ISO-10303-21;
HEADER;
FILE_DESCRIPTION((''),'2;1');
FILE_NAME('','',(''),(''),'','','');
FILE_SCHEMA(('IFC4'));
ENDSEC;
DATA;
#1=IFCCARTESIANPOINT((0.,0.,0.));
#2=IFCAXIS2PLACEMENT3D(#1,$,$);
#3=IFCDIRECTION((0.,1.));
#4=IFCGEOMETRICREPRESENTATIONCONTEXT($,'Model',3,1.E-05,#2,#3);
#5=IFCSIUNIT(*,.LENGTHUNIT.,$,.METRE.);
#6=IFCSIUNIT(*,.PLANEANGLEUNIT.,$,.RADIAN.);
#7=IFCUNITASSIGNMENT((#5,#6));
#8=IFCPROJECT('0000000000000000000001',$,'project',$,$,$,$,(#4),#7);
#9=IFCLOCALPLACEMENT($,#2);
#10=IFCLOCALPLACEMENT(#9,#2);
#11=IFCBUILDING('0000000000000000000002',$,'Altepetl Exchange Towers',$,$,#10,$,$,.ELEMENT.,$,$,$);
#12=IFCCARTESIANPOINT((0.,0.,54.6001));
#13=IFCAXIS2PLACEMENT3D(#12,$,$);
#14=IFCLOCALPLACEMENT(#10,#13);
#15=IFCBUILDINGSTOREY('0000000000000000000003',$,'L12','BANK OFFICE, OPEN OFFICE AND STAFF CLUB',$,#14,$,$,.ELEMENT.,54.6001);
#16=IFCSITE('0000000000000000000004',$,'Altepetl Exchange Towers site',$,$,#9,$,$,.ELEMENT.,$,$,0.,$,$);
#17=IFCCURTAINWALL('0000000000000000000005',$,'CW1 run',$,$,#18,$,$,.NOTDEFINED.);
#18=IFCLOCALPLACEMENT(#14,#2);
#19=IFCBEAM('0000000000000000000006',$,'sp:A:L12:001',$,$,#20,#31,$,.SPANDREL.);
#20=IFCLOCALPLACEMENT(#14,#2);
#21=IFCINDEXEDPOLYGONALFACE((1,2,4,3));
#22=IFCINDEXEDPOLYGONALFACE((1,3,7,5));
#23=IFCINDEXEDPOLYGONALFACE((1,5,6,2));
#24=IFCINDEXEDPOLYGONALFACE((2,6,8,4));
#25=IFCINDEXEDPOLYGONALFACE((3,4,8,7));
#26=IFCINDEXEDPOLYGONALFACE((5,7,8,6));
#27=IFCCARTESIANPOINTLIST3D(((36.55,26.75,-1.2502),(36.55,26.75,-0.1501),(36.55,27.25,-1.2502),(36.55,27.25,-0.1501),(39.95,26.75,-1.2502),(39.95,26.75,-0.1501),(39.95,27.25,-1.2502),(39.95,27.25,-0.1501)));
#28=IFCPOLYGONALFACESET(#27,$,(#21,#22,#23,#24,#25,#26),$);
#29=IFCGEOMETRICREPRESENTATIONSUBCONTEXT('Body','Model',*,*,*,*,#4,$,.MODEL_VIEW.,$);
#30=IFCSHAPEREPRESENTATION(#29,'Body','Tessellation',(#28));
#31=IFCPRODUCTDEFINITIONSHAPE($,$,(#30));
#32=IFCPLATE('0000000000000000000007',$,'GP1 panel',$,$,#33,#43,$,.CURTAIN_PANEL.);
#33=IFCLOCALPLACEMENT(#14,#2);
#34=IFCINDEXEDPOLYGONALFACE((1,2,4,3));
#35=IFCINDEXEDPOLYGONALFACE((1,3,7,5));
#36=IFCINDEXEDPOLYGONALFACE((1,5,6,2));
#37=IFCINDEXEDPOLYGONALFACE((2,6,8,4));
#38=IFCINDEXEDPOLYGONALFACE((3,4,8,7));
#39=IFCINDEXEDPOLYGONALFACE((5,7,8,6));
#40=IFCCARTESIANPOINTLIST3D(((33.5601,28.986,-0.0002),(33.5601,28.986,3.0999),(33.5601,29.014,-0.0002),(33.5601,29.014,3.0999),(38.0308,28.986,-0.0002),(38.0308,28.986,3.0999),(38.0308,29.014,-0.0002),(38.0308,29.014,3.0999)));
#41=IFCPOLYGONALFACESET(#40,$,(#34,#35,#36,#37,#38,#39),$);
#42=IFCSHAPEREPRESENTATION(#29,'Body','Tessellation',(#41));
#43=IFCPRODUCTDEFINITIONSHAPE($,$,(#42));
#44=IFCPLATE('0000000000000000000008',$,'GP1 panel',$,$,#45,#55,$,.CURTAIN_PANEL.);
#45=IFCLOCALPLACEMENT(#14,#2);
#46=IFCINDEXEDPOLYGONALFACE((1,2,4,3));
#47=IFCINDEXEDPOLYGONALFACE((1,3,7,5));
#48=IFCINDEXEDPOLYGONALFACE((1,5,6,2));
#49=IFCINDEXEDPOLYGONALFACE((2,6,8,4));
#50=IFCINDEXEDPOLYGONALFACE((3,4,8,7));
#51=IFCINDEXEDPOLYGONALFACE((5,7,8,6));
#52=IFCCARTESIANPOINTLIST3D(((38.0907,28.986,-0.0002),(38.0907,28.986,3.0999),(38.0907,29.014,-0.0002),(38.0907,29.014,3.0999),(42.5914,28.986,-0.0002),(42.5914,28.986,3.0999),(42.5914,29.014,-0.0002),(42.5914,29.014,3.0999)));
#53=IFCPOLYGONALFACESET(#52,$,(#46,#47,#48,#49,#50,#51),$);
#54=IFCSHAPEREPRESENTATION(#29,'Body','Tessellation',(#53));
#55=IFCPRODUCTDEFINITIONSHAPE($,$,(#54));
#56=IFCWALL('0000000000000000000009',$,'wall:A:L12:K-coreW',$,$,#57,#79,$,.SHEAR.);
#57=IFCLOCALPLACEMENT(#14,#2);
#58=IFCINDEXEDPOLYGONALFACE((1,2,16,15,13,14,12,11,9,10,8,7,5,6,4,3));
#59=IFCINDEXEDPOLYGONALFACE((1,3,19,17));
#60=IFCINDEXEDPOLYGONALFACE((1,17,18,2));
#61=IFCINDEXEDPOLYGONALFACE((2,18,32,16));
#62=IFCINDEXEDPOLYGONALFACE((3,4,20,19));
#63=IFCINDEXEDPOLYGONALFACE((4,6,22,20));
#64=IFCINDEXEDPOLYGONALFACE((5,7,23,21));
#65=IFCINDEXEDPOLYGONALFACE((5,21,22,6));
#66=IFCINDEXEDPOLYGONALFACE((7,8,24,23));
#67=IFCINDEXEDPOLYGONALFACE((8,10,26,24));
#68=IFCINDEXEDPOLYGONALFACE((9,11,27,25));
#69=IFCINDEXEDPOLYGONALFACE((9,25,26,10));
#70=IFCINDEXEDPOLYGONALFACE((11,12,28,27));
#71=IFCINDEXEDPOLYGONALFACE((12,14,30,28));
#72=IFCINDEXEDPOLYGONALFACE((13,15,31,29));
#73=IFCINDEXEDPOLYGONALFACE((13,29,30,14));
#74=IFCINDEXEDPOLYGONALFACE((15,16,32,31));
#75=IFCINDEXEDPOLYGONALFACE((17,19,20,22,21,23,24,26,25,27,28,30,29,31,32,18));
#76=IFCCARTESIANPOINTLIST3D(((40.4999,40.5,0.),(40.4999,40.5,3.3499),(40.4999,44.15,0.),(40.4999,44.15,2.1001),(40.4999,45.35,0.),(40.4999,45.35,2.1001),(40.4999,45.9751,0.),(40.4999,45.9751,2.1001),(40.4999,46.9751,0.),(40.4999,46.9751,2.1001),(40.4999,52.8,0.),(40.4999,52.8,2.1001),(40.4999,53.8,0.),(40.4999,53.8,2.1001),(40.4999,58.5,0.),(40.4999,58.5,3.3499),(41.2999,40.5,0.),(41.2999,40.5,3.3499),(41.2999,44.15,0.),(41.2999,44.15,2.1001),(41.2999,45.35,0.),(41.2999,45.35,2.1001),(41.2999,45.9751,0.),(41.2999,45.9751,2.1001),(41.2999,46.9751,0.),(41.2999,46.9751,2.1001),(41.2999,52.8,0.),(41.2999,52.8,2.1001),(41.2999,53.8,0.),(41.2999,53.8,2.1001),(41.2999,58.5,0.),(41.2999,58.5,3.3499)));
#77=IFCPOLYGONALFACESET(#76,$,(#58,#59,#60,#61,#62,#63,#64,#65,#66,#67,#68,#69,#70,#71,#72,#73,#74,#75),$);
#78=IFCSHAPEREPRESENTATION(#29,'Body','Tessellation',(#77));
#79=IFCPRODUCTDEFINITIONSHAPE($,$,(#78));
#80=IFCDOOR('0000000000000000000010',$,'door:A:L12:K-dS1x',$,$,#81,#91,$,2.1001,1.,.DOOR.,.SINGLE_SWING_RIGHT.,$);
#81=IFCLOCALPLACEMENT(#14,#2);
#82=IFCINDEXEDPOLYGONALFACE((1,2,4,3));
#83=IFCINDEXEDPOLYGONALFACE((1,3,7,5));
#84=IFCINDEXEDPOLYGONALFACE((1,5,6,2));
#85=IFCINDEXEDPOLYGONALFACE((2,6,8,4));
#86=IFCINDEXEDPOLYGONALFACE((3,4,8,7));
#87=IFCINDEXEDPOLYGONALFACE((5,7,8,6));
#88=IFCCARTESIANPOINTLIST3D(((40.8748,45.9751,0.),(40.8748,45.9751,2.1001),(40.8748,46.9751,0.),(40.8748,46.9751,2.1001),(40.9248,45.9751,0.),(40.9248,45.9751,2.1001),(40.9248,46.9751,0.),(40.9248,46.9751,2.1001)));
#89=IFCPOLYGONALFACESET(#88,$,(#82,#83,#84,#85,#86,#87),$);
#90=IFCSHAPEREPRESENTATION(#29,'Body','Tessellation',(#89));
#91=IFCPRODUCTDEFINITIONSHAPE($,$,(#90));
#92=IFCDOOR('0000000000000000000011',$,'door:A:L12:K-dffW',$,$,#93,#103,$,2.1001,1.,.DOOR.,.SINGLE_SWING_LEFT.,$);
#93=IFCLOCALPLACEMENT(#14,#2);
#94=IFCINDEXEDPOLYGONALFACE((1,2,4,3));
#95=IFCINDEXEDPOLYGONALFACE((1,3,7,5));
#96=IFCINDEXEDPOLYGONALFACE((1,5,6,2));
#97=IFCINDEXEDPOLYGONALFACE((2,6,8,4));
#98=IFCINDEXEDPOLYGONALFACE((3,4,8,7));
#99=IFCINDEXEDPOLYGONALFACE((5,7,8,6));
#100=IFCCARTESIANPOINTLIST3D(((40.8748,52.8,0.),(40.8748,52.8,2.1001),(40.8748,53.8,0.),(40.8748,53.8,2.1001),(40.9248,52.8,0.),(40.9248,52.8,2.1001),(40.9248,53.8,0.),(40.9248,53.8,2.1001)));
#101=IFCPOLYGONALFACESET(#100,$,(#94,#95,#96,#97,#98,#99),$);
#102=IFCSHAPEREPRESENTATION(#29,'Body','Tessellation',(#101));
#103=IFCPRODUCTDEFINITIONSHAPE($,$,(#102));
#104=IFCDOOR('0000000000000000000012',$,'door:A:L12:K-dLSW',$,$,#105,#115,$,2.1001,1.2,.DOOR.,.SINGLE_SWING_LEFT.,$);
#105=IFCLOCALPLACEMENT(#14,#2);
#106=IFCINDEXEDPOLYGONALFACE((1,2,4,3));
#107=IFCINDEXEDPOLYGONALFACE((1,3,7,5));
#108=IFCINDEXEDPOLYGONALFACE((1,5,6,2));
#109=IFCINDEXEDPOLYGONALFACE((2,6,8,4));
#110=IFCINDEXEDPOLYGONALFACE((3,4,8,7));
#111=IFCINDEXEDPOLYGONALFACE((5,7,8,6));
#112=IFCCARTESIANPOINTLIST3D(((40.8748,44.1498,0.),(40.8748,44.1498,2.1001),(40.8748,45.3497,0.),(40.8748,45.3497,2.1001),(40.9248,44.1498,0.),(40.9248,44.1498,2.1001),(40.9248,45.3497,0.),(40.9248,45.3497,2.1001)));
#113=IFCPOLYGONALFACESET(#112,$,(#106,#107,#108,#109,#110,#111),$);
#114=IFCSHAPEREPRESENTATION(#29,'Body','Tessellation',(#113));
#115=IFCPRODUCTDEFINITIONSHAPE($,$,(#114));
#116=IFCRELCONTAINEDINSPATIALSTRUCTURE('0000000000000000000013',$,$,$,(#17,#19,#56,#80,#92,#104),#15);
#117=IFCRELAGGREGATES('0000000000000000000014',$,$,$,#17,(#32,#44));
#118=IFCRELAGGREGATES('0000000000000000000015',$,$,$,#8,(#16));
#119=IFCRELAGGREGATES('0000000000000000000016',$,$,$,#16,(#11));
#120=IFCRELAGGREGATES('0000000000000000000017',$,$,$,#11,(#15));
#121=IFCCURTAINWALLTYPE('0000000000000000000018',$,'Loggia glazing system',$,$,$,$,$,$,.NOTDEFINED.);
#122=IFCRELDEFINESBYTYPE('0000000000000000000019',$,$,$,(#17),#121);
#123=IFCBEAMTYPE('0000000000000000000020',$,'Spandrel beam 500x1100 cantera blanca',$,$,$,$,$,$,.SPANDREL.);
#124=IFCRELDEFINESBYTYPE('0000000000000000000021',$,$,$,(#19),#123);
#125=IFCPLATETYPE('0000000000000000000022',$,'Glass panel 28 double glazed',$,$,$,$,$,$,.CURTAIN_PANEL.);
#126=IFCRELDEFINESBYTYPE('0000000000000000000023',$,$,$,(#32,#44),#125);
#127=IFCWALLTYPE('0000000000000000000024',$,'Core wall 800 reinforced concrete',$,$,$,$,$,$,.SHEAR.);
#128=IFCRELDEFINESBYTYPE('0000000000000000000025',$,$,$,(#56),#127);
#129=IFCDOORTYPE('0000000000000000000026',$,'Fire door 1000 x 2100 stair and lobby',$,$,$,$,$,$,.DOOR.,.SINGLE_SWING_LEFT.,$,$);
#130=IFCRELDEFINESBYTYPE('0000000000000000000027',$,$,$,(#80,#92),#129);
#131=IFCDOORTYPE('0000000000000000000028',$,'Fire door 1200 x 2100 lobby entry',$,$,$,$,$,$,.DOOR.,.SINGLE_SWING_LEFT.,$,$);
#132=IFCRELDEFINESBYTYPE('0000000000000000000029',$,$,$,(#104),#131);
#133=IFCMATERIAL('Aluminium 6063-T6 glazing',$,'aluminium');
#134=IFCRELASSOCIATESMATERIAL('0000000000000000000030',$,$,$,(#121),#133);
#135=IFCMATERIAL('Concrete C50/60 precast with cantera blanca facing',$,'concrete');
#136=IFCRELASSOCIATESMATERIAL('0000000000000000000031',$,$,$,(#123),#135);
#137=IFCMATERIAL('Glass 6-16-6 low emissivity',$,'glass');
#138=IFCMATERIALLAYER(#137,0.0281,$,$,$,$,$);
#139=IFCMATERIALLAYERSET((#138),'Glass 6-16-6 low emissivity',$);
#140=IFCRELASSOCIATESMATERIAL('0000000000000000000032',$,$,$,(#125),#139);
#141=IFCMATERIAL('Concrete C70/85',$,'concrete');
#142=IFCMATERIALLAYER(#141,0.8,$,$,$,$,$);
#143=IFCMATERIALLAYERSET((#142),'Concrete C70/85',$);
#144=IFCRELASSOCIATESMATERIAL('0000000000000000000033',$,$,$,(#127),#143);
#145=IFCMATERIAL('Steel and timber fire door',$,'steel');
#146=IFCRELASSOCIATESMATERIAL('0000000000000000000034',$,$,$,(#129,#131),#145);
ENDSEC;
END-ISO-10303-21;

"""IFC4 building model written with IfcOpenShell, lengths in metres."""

from ifc_helpers import new_model, si_unit, direction, frame, frame_2d, origin, origin_2d, place, context, subcontext, project, spatial, rectangle, extrude, material, layer, layer_set, material_profile, profile_set, type_object, element, fill, aggregate, save


model = new_model("IFC4")

# Units and contexts
model_context = context("Model", 3, precision=1e-05, world=origin(), true_north=direction((0.0, 1.0)))
body_context = subcontext(model_context, "Body", "Model", "MODEL_VIEW")
ifc_project = project(units=[si_unit("LENGTHUNIT", "METRE"), si_unit("PLANEANGLEUNIT", "RADIAN")], contexts=[model_context])

# Site, building, storey
site_placement = place(None, origin())
site = spatial("IfcSite", under=ifc_project, at=site_placement, Name="Altepetl Exchange Towers site", CompositionType="ELEMENT", RefElevation=0.0)
building_placement = place(site_placement, origin())
building = spatial("IfcBuilding", under=site, at=building_placement, Name="Altepetl Exchange Towers", CompositionType="ELEMENT")
storey_placement = place(building_placement, frame((0.0, 0.0, 54.6001)))
storey = spatial("IfcBuildingStorey", under=building, at=storey_placement, Name="L12", Description="BANK OFFICE, OPEN OFFICE AND STAFF CLUB", CompositionType="ELEMENT", Elevation=54.6001)

# Shared definitions
ifc_material_1 = material(Name="Concrete C70/85", Category="concrete")

# Shared definitions
ifc_material_2 = material(Name="Aluminium 6063-T6 glazing", Category="aluminium")
curtain_wall_type = type_object("IfcCurtainWallType", Name="Loggia glazing system", PredefinedType="NOTDEFINED", material=ifc_material_2)

# Curtain wall
curtain_wall_1_placement = place(storey_placement, origin())
curtain_wall_1 = element("IfcCurtainWall", 1, at=curtain_wall_1_placement, inside=storey, type_object=curtain_wall_type, Name="CW1 run", PredefinedType="NOTDEFINED")

# Beam
ifc_material_3 = material(Name="Concrete C50/60 precast with cantera blanca facing", Category="concrete")
ifc_material_profile_1 = material_profile(ifc_material_3, rectangle(XDim=0.5, YDim=1.1001, at=origin_2d()), Name="500 x 1100")
ifc_profile_set_1 = profile_set([ifc_material_profile_1], Name="Concrete C50/60 precast with cantera blanca facing")
beam_type_1 = type_object("IfcBeamType", Name="Spandrel beam 500x1100 cantera blanca", PredefinedType="SPANDREL", material=ifc_profile_set_1)
beam_1_placement = place(storey_placement, frame((36.55, 27.0, -0.7002), z_axis=(1.0, 0.0, 0.0), x_axis=(0.0, 1.0, 0.0)))
element("IfcBeam", 2, at=beam_1_placement, inside=storey, type_object=beam_type_1, Name="sp:A:L12:001", PredefinedType="SPANDREL", context=body_context, shape_type="SweptSolid", body=[
    extrude(rectangle(XDim=0.5, YDim=1.1001, at=origin_2d()), origin(), (0.0, 0.0, 1.0), 3.3999),
])

# Plates
ifc_material_4 = material(Name="Glass 6-16-6 low emissivity", Category="glass")
ifc_layer_1 = layer(ifc_material_4, 0.0281)
ifc_layer_set_1 = layer_set([ifc_layer_1], Name="Glass 6-16-6 low emissivity")
plate_type = type_object("IfcPlateType", Name="Glass panel 28 double glazed", PredefinedType="CURTAIN_PANEL", material=ifc_layer_set_1)
plate_1_placement = place(storey_placement, frame((35.7954, 29.0, -0.0002)))
plate_1 = element("IfcPlate", 3, at=plate_1_placement, type_object=plate_type, Name="GP1 panel", PredefinedType="CURTAIN_PANEL", context=body_context, shape_type="SweptSolid", body=[
    extrude(rectangle(XDim=4.4707, YDim=0.0281, at=origin_2d()), origin(), (0.0, 0.0, 1.0), 3.1001),
])
plate_2_placement = place(storey_placement, frame((40.3411, 29.0, -0.0002)))
plate_2 = element("IfcPlate", 4, at=plate_2_placement, type_object=plate_type, Name="GP1 panel", PredefinedType="CURTAIN_PANEL", context=body_context, shape_type="SweptSolid", body=[
    extrude(rectangle(XDim=4.5007, YDim=0.0281, at=origin_2d()), origin(), (0.0, 0.0, 1.0), 3.1001),
])
aggregate(curtain_wall_1, [plate_1, plate_2])

# Wall, openings, doors
ifc_layer_2 = layer(ifc_material_1, 0.8)
ifc_layer_set_2 = layer_set([ifc_layer_2], Name="Concrete C70/85")
wall_type_1 = type_object("IfcWallType", Name="Core wall 800 reinforced concrete", PredefinedType="SHEAR", material=ifc_layer_set_2)
wall_1_placement = place(storey_placement, frame((40.8999, 40.5, 0.0), z_axis=(0.0, 0.0, 1.0), x_axis=(0.0, 1.0, 0.0)))
wall_1 = element("IfcWall", 5, at=wall_1_placement, inside=storey, type_object=wall_type_1, Name="wall:A:L12:K-coreW", PredefinedType="SHEAR", context=body_context, shape_type="SweptSolid", body=[
    extrude(rectangle(XDim=18.0, YDim=0.8, at=frame_2d((9.0, 0.0))), origin(), (0.0, 0.0, 1.0), 3.3499),
])
opening_1_placement = place(wall_1_placement, frame((3.6499, 0.0, 0.0)))
opening_1 = element("IfcOpeningElement", 6, at=opening_1_placement, cuts=wall_1, PredefinedType="OPENING", context=body_context, shape_type="SweptSolid", body=[
    extrude(rectangle(XDim=1.2, YDim=2.1001, at=frame_2d((0.6001, 1.05))), frame((0.0, 0.4102, 0.0), z_axis=(0.0, -1.0, 0.0), x_axis=(1.0, 0.0, 0.0)), (0.0, 0.0, 1.0), 0.8201),
])
opening_2_placement = place(wall_1_placement, frame((5.4751, 0.0, 0.0)))
opening_2 = element("IfcOpeningElement", 7, at=opening_2_placement, cuts=wall_1, PredefinedType="OPENING", context=body_context, shape_type="SweptSolid", body=[
    extrude(rectangle(XDim=1.0, YDim=2.1001, at=frame_2d((0.5, 1.05))), frame((0.0, 0.4102, 0.0), z_axis=(0.0, -1.0, 0.0), x_axis=(1.0, 0.0, 0.0)), (0.0, 0.0, 1.0), 0.8201),
])
opening_3_placement = place(wall_1_placement, frame((12.3, 0.0, 0.0)))
opening_3 = element("IfcOpeningElement", 8, at=opening_3_placement, cuts=wall_1, PredefinedType="OPENING", context=body_context, shape_type="SweptSolid", body=[
    extrude(rectangle(XDim=1.0, YDim=2.1001, at=frame_2d((0.5, 1.05))), frame((0.0, 0.4102, 0.0), z_axis=(0.0, -1.0, 0.0), x_axis=(1.0, 0.0, 0.0)), (0.0, 0.0, 1.0), 0.8201),
])
ifc_material_5 = material(Name="Steel and timber fire door", Category="steel")
door_type_1 = type_object("IfcDoorType", Name="Fire door 1000 x 2100 stair and lobby", OperationType="SINGLE_SWING_LEFT", PredefinedType="DOOR", material=ifc_material_5)
door_1_placement = place(opening_2_placement, frame((1.0, 0.0, 0.0), x_axis=(-1.0, 0.0, 0.0)))
door_1 = element("IfcDoor", 9, at=door_1_placement, inside=storey, type_object=door_type_1, Name="door:A:L12:K-dS1x", OperationType="SINGLE_SWING_RIGHT", OverallHeight=2.1001, OverallWidth=1.0, PredefinedType="DOOR", context=body_context, shape_type="SweptSolid", body=[
    extrude(rectangle(XDim=1.0, YDim=2.1001, at=frame_2d((0.5, 1.05))), frame((0.0, 0.0249, 0.0), z_axis=(0.0, -1.0, 0.0), x_axis=(1.0, 0.0, 0.0)), (0.0, 0.0, 1.0), 0.05),
])
fill(opening_2, door_1)
door_2_placement = place(opening_3_placement, frame((1.0, 0.0, 0.0), x_axis=(-1.0, 0.0, 0.0)))
door_2 = element("IfcDoor", 10, at=door_2_placement, inside=storey, type_object=door_type_1, Name="door:A:L12:K-dffW", OperationType="SINGLE_SWING_LEFT", OverallHeight=2.1001, OverallWidth=1.0, PredefinedType="DOOR", context=body_context, shape_type="SweptSolid", body=[
    extrude(rectangle(XDim=1.0, YDim=2.1001, at=frame_2d((0.5, 1.05))), frame((0.0, 0.0249, 0.0), z_axis=(0.0, -1.0, 0.0), x_axis=(1.0, 0.0, 0.0)), (0.0, 0.0, 1.0), 0.05),
])
fill(opening_3, door_2)
door_type_2 = type_object("IfcDoorType", Name="Fire door 1200 x 2100 lobby entry", OperationType="SINGLE_SWING_LEFT", PredefinedType="DOOR", material=ifc_material_5)
door_3_placement = place(opening_1_placement, frame((1.2, 0.0, 0.0), x_axis=(-1.0, 0.0, 0.0)))
door_3 = element("IfcDoor", 11, at=door_3_placement, inside=storey, type_object=door_type_2, Name="door:A:L12:K-dLSW", OperationType="SINGLE_SWING_LEFT", OverallHeight=2.1001, OverallWidth=1.2, PredefinedType="DOOR", context=body_context, shape_type="SweptSolid", body=[
    extrude(rectangle(XDim=1.2, YDim=2.1001, at=frame_2d((0.6001, 1.05))), frame((0.0, 0.0249, 0.0), z_axis=(0.0, -1.0, 0.0), x_axis=(1.0, 0.0, 0.0)), (0.0, 0.0, 1.0), 0.05),
])
fill(opening_1, door_3)

save(model, "model.ifc")
